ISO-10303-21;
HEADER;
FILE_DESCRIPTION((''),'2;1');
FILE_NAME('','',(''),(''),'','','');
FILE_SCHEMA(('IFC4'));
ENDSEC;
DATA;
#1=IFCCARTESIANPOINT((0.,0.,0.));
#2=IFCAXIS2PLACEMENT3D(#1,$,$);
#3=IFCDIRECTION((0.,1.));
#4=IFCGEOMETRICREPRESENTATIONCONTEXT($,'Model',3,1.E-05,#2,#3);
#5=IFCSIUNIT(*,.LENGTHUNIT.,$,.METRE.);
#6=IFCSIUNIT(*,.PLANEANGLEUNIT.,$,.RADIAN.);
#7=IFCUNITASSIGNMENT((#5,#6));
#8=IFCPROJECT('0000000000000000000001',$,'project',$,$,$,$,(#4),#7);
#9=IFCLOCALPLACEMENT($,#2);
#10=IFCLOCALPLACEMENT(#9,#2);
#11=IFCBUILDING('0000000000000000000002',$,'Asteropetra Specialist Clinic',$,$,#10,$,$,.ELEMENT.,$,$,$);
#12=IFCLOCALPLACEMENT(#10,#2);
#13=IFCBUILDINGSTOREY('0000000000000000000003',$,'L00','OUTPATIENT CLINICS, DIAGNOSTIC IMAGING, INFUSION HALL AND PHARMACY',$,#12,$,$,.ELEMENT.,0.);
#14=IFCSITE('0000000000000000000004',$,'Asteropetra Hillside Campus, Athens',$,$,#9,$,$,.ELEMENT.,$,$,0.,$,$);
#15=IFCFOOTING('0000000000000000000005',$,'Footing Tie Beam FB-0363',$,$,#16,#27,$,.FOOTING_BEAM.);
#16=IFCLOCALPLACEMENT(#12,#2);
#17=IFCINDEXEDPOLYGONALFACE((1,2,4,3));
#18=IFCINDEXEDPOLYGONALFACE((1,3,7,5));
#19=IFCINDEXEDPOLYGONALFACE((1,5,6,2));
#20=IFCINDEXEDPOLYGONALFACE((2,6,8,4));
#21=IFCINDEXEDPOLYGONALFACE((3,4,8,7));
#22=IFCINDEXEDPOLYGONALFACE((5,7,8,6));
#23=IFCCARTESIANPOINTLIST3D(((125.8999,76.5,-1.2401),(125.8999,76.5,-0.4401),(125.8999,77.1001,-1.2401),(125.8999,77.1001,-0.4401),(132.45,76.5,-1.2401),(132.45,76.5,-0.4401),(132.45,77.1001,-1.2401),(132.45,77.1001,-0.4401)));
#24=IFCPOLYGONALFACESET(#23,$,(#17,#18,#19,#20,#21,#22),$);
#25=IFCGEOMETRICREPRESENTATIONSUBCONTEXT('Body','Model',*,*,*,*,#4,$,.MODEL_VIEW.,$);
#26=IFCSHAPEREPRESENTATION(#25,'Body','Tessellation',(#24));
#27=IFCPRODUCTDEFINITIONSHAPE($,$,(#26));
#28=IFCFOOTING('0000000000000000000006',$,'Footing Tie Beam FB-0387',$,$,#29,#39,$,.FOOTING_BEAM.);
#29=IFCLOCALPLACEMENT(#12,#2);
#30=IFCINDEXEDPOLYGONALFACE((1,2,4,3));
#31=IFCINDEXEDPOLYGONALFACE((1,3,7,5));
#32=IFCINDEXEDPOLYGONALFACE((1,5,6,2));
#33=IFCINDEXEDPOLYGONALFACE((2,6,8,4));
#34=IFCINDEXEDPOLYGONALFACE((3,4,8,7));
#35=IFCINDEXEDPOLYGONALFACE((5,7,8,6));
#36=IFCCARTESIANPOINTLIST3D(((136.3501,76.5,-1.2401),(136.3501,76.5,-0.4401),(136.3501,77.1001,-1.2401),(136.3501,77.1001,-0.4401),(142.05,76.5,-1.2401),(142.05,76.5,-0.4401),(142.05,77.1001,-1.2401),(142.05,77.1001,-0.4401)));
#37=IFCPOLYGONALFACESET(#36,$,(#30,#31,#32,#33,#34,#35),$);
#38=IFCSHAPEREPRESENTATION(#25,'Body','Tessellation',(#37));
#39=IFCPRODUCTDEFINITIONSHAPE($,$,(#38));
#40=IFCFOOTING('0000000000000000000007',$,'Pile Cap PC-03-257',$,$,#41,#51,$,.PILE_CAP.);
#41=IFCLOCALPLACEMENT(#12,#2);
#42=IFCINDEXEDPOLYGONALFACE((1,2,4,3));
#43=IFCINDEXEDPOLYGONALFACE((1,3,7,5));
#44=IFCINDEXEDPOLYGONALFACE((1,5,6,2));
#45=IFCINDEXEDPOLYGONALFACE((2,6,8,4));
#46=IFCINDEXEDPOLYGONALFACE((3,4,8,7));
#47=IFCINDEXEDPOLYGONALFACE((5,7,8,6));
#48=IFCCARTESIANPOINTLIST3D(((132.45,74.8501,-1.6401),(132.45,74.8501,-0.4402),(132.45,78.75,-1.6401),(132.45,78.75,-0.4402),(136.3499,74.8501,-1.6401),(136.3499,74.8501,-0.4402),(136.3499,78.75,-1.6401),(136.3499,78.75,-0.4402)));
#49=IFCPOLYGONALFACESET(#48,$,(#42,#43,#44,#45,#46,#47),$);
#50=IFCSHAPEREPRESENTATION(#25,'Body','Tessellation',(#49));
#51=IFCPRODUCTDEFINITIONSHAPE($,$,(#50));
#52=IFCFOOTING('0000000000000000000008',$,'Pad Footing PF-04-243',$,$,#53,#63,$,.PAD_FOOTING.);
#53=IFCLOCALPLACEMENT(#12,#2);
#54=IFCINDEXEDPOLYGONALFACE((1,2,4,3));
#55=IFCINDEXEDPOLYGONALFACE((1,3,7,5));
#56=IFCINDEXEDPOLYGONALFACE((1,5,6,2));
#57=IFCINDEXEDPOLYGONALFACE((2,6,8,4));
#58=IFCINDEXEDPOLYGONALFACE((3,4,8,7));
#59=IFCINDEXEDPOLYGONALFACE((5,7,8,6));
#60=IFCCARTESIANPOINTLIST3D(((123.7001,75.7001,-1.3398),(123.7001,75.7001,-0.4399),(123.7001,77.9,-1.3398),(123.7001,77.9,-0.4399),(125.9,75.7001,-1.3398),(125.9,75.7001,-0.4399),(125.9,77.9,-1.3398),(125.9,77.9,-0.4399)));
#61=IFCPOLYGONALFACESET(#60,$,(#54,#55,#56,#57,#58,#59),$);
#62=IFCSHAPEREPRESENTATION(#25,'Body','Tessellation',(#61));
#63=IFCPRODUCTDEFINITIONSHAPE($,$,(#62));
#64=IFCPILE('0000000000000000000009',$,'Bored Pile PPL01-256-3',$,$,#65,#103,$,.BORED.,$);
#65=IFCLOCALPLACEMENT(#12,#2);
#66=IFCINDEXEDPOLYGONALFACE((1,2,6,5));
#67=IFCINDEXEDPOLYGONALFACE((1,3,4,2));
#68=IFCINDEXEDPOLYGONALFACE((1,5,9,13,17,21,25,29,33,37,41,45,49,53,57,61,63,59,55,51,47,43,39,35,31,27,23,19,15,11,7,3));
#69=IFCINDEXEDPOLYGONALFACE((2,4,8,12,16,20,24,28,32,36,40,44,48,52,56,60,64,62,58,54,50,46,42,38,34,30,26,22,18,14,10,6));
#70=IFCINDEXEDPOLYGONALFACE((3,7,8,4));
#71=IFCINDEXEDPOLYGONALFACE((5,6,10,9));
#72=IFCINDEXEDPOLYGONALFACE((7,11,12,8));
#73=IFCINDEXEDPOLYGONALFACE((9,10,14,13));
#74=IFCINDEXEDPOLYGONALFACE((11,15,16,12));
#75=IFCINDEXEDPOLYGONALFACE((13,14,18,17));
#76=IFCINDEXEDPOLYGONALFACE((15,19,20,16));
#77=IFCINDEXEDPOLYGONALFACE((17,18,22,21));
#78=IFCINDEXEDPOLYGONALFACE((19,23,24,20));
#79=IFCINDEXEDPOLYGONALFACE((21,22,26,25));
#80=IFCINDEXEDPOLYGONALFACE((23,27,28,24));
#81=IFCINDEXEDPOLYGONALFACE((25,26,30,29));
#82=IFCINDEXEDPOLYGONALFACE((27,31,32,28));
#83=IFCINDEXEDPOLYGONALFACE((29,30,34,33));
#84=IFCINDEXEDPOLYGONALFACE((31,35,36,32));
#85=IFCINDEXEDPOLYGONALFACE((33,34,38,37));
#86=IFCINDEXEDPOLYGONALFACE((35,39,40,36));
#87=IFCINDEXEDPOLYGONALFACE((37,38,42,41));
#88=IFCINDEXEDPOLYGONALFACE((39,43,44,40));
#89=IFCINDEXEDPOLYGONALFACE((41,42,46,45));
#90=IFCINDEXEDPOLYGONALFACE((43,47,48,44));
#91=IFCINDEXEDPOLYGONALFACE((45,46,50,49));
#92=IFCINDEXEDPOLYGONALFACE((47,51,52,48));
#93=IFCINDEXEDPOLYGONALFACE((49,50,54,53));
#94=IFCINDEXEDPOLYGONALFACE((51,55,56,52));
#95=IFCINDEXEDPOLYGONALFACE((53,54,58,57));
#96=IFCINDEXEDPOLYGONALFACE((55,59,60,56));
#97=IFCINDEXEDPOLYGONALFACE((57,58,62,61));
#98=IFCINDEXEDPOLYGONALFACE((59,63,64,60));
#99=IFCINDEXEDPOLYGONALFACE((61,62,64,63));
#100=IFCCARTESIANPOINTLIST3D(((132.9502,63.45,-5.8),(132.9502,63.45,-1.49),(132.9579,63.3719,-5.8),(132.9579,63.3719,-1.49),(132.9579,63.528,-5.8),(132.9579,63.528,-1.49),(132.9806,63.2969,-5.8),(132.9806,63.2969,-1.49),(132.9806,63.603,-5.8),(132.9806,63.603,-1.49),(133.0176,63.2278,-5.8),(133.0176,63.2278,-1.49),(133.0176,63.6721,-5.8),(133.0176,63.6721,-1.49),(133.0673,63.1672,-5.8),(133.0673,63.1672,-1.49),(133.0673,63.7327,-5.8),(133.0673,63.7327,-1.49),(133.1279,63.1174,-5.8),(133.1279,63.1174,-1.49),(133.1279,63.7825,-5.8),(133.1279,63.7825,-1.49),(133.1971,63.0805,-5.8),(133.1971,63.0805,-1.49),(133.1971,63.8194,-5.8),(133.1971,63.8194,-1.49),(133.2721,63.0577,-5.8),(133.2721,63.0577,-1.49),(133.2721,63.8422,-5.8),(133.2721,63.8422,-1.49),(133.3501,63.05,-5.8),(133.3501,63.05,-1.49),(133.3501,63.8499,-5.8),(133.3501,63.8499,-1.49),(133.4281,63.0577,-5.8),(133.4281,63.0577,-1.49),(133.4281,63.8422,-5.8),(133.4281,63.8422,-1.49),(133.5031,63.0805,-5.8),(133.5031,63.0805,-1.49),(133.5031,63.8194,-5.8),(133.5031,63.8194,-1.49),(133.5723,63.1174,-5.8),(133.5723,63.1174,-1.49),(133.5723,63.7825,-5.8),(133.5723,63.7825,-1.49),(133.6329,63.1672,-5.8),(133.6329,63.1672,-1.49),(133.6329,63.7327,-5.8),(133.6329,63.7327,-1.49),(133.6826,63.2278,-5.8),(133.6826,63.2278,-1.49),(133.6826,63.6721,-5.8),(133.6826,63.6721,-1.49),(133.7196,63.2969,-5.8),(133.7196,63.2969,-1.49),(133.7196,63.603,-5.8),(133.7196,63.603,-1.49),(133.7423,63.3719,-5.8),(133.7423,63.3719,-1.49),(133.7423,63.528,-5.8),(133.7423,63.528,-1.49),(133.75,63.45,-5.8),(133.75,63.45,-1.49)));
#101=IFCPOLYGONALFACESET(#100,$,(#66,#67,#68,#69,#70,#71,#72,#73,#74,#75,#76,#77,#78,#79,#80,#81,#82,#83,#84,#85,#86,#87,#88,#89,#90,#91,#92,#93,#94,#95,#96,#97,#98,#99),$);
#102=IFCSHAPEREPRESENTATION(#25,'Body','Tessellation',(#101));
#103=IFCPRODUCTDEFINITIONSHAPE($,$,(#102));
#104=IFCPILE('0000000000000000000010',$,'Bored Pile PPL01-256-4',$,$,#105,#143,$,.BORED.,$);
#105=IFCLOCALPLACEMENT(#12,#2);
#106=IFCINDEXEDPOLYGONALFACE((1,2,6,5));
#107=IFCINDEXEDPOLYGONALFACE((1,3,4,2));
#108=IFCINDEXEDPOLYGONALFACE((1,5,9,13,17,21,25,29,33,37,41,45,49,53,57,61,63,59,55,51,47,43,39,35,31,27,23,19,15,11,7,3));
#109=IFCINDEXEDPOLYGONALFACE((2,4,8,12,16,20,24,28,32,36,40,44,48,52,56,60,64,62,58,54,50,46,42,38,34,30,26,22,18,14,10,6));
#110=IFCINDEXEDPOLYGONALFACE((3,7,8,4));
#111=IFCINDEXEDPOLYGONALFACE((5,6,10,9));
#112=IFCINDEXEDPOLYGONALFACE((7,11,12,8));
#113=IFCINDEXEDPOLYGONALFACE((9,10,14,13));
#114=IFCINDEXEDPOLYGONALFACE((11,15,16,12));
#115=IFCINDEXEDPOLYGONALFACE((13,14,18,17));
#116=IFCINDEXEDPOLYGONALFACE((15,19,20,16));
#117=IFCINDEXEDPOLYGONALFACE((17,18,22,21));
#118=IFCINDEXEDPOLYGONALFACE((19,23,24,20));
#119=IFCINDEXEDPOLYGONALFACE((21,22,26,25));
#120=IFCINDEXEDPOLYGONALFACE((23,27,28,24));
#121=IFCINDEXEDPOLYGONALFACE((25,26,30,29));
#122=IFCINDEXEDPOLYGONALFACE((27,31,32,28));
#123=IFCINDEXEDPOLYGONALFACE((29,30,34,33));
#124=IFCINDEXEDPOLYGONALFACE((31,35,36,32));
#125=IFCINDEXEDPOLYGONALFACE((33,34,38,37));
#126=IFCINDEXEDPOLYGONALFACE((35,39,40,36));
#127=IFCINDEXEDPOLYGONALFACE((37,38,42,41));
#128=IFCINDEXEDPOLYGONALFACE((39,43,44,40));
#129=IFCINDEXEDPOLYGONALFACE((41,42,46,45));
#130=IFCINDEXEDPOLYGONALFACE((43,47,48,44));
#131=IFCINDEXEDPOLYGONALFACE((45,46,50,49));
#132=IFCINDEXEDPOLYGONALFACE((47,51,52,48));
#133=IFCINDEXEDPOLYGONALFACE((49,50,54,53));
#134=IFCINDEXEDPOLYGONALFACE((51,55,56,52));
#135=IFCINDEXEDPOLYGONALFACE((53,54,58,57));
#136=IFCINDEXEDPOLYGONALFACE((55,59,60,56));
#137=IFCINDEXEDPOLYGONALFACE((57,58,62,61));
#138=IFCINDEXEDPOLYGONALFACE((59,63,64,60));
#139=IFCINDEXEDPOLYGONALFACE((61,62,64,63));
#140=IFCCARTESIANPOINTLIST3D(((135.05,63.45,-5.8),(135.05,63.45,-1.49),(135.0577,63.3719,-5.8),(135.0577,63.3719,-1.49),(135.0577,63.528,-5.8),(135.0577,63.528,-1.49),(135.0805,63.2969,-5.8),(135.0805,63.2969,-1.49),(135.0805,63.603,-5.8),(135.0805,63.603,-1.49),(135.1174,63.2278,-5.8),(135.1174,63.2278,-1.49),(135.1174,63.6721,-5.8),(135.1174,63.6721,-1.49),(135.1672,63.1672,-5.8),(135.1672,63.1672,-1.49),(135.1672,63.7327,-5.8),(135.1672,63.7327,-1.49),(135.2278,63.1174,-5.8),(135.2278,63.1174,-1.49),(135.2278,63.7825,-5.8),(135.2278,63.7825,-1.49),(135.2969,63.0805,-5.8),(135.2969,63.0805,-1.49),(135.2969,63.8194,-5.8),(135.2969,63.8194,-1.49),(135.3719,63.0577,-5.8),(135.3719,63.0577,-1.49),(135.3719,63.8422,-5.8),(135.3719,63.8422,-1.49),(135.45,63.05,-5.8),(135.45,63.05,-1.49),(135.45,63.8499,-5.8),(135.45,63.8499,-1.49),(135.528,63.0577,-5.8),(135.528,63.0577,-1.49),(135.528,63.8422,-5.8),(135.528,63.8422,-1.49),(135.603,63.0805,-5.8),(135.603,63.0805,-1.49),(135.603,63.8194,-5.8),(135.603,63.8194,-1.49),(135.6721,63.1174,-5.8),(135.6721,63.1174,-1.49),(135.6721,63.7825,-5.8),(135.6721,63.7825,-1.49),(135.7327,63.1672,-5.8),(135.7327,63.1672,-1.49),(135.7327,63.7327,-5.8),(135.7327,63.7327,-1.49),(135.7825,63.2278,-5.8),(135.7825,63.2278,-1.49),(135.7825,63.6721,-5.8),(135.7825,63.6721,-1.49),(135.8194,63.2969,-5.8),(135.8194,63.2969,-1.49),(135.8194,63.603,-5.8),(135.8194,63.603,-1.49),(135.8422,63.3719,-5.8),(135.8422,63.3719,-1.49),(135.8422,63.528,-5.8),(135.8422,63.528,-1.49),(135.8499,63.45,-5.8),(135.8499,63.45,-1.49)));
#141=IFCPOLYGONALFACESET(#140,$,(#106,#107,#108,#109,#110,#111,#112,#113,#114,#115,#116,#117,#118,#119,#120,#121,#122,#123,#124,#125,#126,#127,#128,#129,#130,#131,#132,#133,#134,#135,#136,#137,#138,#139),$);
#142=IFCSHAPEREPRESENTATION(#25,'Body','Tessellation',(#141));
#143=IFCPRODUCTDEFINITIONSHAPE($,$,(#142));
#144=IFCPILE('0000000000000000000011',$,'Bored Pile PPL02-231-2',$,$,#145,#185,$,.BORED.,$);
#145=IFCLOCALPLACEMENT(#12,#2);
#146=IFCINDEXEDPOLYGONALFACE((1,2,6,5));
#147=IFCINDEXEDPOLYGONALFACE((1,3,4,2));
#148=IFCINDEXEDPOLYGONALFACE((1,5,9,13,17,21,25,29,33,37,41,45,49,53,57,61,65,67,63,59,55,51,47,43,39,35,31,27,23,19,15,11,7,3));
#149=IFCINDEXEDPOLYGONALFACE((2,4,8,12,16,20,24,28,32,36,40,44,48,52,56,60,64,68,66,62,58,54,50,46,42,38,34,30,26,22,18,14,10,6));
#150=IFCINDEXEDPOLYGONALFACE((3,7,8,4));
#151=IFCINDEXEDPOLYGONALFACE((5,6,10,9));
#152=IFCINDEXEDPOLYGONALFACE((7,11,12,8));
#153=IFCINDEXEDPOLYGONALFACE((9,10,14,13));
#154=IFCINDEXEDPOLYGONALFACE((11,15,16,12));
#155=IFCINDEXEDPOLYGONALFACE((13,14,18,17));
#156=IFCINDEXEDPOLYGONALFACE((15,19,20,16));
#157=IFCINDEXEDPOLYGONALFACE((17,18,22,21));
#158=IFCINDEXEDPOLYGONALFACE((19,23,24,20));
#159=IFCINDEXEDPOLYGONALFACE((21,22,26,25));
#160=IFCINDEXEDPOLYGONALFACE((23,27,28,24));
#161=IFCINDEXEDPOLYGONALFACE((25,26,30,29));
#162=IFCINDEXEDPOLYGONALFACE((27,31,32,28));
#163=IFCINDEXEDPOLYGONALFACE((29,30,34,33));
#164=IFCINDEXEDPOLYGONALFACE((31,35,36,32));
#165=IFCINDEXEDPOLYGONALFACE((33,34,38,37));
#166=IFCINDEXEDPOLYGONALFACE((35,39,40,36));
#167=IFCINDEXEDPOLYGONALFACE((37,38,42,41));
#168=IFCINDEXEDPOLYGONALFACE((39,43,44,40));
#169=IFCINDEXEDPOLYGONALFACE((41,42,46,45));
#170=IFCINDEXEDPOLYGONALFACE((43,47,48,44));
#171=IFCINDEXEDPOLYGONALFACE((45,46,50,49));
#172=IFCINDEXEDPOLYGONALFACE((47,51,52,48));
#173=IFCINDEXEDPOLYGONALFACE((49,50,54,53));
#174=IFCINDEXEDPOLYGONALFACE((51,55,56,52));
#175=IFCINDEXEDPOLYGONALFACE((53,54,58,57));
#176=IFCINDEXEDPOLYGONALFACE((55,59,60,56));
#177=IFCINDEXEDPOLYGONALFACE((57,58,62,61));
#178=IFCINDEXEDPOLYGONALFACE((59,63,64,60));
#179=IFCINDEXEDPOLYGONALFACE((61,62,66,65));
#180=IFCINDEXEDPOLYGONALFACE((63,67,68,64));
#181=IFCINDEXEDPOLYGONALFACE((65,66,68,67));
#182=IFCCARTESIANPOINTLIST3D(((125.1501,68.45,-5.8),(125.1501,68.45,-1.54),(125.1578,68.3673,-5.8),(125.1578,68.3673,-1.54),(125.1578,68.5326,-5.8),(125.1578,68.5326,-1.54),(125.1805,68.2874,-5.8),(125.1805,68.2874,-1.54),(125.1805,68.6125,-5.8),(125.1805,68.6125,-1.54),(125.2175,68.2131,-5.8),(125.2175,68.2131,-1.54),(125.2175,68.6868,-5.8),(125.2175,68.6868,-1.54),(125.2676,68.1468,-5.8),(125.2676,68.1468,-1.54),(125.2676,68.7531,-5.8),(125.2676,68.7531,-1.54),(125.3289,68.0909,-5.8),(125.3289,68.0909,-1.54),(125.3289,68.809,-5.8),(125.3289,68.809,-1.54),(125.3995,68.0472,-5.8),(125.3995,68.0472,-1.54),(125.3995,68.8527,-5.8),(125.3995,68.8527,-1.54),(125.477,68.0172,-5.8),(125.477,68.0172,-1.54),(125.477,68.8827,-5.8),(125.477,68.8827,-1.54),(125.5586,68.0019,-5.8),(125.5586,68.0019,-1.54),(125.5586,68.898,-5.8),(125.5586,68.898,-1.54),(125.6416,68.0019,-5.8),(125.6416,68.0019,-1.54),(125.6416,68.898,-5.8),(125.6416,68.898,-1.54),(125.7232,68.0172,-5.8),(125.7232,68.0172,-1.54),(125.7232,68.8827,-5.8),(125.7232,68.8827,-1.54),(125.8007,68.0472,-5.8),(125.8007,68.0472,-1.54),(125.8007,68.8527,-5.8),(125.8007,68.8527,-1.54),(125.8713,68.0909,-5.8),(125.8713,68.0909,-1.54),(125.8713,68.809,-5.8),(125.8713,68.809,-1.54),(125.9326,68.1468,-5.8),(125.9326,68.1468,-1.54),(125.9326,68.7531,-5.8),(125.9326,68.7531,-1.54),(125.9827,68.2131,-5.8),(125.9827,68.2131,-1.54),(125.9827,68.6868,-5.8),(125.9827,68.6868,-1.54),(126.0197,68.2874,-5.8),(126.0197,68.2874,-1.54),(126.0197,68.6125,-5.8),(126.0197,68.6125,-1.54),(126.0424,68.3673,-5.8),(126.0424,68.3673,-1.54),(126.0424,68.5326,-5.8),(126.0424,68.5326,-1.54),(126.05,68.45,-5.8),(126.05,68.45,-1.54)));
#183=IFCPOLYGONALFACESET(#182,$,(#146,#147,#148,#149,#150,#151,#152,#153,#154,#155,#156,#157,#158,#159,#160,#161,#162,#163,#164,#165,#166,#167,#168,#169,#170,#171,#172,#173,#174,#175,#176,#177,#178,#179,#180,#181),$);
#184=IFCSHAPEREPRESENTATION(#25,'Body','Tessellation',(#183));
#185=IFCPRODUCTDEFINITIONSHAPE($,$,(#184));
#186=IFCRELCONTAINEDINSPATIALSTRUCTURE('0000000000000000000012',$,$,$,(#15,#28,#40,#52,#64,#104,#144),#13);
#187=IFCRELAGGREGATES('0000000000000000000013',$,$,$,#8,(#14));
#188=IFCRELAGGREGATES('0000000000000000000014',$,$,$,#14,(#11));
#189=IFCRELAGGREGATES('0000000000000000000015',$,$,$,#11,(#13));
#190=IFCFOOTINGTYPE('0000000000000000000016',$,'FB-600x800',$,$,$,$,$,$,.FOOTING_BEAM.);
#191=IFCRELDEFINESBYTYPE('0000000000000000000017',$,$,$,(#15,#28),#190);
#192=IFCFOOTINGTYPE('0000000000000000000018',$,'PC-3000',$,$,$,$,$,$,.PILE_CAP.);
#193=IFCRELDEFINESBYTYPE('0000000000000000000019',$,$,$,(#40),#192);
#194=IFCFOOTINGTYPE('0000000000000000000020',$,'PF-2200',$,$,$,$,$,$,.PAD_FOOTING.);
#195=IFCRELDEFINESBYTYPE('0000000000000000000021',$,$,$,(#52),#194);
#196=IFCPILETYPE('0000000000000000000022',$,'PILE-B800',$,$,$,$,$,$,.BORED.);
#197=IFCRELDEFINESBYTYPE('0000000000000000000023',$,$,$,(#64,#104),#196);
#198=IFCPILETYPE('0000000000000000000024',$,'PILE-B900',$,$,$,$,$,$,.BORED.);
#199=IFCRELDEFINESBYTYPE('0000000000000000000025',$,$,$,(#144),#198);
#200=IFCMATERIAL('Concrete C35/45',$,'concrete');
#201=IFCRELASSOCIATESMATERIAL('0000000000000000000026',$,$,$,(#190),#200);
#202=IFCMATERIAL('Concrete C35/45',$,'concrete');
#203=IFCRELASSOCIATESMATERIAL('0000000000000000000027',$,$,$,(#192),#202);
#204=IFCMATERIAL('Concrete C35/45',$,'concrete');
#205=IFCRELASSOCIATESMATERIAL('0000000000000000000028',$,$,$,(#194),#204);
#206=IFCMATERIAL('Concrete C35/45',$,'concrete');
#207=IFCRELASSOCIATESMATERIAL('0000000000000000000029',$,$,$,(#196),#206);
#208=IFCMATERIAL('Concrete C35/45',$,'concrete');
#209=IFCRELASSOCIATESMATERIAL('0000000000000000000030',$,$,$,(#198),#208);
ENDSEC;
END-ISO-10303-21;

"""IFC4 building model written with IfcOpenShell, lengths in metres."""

from ifc_helpers import new_model, si_unit, direction, frame, origin, origin_2d, place, context, subcontext, project, spatial, rectangle, circle, extrude, material, material_profile, profile_set, type_object, element, save


model = new_model("IFC4")

# Units and contexts
model_context = context("Model", 3, precision=1e-05, world=origin(), true_north=direction((0.0, 1.0)))
body_context = subcontext(model_context, "Body", "Model", "MODEL_VIEW")
ifc_project = project(units=[si_unit("LENGTHUNIT", "METRE"), si_unit("PLANEANGLEUNIT", "RADIAN")], contexts=[model_context])

# Site, building, storey
site_placement = place(None, origin())
site = spatial("IfcSite", under=ifc_project, at=site_placement, Name="Asteropetra Hillside Campus, Athens", CompositionType="ELEMENT", RefElevation=0.0)
building_placement = place(site_placement, origin())
building = spatial("IfcBuilding", under=site, at=building_placement, Name="Asteropetra Specialist Clinic", CompositionType="ELEMENT")
storey_placement = place(building_placement, origin())
storey = spatial("IfcBuildingStorey", under=building, at=storey_placement, Name="L00", Description="OUTPATIENT CLINICS, DIAGNOSTIC IMAGING, INFUSION HALL AND PHARMACY", CompositionType="ELEMENT", Elevation=0.0)

# Footings
ifc_material_1 = material(Name="Concrete C35/45", Category="concrete")
ifc_material_profile_1 = material_profile(ifc_material_1, rectangle(XDim=0.6001, YDim=0.8, at=origin_2d()), Name="FB 600x800")
ifc_profile_set_1 = profile_set([ifc_material_profile_1], Name="Concrete C35/45")
footing_type_1 = type_object("IfcFootingType", Name="FB-600x800", PredefinedType="FOOTING_BEAM", material=ifc_profile_set_1)
footing_1_placement = place(storey_placement, frame((125.8999, 76.8, -0.8401), z_axis=(1.0, 0.0, 0.0), x_axis=(0.0, 1.0, 0.0)))
element("IfcFooting", 1, at=footing_1_placement, inside=storey, type_object=footing_type_1, Name="Footing Tie Beam FB-0363", PredefinedType="FOOTING_BEAM", context=body_context, shape_type="SweptSolid", body=[
    extrude(rectangle(XDim=0.6001, YDim=0.8, at=origin_2d()), origin(), (0.0, 0.0, 1.0), 6.55),
])
footing_2_placement = place(storey_placement, frame((136.3501, 76.8, -0.8401), z_axis=(1.0, 0.0, 0.0), x_axis=(0.0, 1.0, 0.0)))
element("IfcFooting", 2, at=footing_2_placement, inside=storey, type_object=footing_type_1, Name="Footing Tie Beam FB-0387", PredefinedType="FOOTING_BEAM", context=body_context, shape_type="SweptSolid", body=[
    extrude(rectangle(XDim=0.6001, YDim=0.8, at=origin_2d()), origin(), (0.0, 0.0, 1.0), 5.7),
])
ifc_material_2 = material(Name="Concrete C35/45", Category="concrete")
footing_type_2 = type_object("IfcFootingType", Name="PC-3000", PredefinedType="PILE_CAP", material=ifc_material_2)
footing_3_placement = place(storey_placement, frame((134.3999, 76.8, -1.6401), z_axis=(0.0, 0.0, 1.0), x_axis=(1.0, 0.0, 0.0)))
element("IfcFooting", 3, at=footing_3_placement, inside=storey, type_object=footing_type_2, Name="Pile Cap PC-03-257", PredefinedType="PILE_CAP", context=body_context, shape_type="SweptSolid", body=[
    extrude(rectangle(XDim=3.8999, YDim=3.8999, at=origin_2d()), origin(), (0.0, 0.0, 1.0), 1.2),
])
ifc_material_3 = material(Name="Concrete C35/45", Category="concrete")
footing_type_3 = type_object("IfcFootingType", Name="PF-2200", PredefinedType="PAD_FOOTING", material=ifc_material_3)
footing_4_placement = place(storey_placement, frame((124.8, 76.8, -1.3398), z_axis=(0.0, 0.0, 1.0), x_axis=(1.0, 0.0, 0.0)))
element("IfcFooting", 4, at=footing_4_placement, inside=storey, type_object=footing_type_3, Name="Pad Footing PF-04-243", PredefinedType="PAD_FOOTING", context=body_context, shape_type="SweptSolid", body=[
    extrude(rectangle(XDim=2.2, YDim=2.2, at=origin_2d()), origin(), (0.0, 0.0, 1.0), 0.8999),
])

# Piles
ifc_material_4 = material(Name="Concrete C35/45", Category="concrete")
ifc_material_profile_2 = material_profile(ifc_material_4, circle(Radius=0.3999, at=origin_2d()), Name="PILE D800")
ifc_profile_set_2 = profile_set([ifc_material_profile_2], Name="Concrete C35/45")
pile_type_1 = type_object("IfcPileType", Name="PILE-B800", PredefinedType="BORED", material=ifc_profile_set_2)
for number, where, z_axis, x_axis, name in (
    (5, (133.3501, 63.45, -1.49), (0.0, 0.0, -1.0), (1.0, 0.0, 0.0), "Bored Pile PPL01-256-3"),
    (6, (135.45, 63.45, -1.49), (0.0, 0.0, -1.0), (1.0, 0.0, 0.0), "Bored Pile PPL01-256-4"),
):
    element("IfcPile", number, at=place(storey_placement, frame(where, z_axis=z_axis, x_axis=x_axis)), inside=storey, type_object=pile_type_1, Name=name, PredefinedType="BORED", context=body_context, shape_type="SweptSolid", body=[
        extrude(circle(Radius=0.3999, at=origin_2d()), origin(), (0.0, 0.0, 1.0), 4.3101),
    ])
ifc_material_5 = material(Name="Concrete C35/45", Category="concrete")
ifc_material_profile_3 = material_profile(ifc_material_5, circle(Radius=0.45, at=origin_2d()), Name="PILE D900")
ifc_profile_set_3 = profile_set([ifc_material_profile_3], Name="Concrete C35/45")
pile_type_2 = type_object("IfcPileType", Name="PILE-B900", PredefinedType="BORED", material=ifc_profile_set_3)
for number, where, z_axis, x_axis, name in (
    (7, (125.6001, 68.45, -1.54), (0.0, 0.0, -1.0), (1.0, 0.0, 0.0), "Bored Pile PPL02-231-2"),
):
    element("IfcPile", number, at=place(storey_placement, frame(where, z_axis=z_axis, x_axis=x_axis)), inside=storey, type_object=pile_type_2, Name=name, PredefinedType="BORED", context=body_context, shape_type="SweptSolid", body=[
        extrude(circle(Radius=0.45, at=origin_2d()), origin(), (0.0, 0.0, 1.0), 4.26),
    ])

save(model, "model.ifc")
